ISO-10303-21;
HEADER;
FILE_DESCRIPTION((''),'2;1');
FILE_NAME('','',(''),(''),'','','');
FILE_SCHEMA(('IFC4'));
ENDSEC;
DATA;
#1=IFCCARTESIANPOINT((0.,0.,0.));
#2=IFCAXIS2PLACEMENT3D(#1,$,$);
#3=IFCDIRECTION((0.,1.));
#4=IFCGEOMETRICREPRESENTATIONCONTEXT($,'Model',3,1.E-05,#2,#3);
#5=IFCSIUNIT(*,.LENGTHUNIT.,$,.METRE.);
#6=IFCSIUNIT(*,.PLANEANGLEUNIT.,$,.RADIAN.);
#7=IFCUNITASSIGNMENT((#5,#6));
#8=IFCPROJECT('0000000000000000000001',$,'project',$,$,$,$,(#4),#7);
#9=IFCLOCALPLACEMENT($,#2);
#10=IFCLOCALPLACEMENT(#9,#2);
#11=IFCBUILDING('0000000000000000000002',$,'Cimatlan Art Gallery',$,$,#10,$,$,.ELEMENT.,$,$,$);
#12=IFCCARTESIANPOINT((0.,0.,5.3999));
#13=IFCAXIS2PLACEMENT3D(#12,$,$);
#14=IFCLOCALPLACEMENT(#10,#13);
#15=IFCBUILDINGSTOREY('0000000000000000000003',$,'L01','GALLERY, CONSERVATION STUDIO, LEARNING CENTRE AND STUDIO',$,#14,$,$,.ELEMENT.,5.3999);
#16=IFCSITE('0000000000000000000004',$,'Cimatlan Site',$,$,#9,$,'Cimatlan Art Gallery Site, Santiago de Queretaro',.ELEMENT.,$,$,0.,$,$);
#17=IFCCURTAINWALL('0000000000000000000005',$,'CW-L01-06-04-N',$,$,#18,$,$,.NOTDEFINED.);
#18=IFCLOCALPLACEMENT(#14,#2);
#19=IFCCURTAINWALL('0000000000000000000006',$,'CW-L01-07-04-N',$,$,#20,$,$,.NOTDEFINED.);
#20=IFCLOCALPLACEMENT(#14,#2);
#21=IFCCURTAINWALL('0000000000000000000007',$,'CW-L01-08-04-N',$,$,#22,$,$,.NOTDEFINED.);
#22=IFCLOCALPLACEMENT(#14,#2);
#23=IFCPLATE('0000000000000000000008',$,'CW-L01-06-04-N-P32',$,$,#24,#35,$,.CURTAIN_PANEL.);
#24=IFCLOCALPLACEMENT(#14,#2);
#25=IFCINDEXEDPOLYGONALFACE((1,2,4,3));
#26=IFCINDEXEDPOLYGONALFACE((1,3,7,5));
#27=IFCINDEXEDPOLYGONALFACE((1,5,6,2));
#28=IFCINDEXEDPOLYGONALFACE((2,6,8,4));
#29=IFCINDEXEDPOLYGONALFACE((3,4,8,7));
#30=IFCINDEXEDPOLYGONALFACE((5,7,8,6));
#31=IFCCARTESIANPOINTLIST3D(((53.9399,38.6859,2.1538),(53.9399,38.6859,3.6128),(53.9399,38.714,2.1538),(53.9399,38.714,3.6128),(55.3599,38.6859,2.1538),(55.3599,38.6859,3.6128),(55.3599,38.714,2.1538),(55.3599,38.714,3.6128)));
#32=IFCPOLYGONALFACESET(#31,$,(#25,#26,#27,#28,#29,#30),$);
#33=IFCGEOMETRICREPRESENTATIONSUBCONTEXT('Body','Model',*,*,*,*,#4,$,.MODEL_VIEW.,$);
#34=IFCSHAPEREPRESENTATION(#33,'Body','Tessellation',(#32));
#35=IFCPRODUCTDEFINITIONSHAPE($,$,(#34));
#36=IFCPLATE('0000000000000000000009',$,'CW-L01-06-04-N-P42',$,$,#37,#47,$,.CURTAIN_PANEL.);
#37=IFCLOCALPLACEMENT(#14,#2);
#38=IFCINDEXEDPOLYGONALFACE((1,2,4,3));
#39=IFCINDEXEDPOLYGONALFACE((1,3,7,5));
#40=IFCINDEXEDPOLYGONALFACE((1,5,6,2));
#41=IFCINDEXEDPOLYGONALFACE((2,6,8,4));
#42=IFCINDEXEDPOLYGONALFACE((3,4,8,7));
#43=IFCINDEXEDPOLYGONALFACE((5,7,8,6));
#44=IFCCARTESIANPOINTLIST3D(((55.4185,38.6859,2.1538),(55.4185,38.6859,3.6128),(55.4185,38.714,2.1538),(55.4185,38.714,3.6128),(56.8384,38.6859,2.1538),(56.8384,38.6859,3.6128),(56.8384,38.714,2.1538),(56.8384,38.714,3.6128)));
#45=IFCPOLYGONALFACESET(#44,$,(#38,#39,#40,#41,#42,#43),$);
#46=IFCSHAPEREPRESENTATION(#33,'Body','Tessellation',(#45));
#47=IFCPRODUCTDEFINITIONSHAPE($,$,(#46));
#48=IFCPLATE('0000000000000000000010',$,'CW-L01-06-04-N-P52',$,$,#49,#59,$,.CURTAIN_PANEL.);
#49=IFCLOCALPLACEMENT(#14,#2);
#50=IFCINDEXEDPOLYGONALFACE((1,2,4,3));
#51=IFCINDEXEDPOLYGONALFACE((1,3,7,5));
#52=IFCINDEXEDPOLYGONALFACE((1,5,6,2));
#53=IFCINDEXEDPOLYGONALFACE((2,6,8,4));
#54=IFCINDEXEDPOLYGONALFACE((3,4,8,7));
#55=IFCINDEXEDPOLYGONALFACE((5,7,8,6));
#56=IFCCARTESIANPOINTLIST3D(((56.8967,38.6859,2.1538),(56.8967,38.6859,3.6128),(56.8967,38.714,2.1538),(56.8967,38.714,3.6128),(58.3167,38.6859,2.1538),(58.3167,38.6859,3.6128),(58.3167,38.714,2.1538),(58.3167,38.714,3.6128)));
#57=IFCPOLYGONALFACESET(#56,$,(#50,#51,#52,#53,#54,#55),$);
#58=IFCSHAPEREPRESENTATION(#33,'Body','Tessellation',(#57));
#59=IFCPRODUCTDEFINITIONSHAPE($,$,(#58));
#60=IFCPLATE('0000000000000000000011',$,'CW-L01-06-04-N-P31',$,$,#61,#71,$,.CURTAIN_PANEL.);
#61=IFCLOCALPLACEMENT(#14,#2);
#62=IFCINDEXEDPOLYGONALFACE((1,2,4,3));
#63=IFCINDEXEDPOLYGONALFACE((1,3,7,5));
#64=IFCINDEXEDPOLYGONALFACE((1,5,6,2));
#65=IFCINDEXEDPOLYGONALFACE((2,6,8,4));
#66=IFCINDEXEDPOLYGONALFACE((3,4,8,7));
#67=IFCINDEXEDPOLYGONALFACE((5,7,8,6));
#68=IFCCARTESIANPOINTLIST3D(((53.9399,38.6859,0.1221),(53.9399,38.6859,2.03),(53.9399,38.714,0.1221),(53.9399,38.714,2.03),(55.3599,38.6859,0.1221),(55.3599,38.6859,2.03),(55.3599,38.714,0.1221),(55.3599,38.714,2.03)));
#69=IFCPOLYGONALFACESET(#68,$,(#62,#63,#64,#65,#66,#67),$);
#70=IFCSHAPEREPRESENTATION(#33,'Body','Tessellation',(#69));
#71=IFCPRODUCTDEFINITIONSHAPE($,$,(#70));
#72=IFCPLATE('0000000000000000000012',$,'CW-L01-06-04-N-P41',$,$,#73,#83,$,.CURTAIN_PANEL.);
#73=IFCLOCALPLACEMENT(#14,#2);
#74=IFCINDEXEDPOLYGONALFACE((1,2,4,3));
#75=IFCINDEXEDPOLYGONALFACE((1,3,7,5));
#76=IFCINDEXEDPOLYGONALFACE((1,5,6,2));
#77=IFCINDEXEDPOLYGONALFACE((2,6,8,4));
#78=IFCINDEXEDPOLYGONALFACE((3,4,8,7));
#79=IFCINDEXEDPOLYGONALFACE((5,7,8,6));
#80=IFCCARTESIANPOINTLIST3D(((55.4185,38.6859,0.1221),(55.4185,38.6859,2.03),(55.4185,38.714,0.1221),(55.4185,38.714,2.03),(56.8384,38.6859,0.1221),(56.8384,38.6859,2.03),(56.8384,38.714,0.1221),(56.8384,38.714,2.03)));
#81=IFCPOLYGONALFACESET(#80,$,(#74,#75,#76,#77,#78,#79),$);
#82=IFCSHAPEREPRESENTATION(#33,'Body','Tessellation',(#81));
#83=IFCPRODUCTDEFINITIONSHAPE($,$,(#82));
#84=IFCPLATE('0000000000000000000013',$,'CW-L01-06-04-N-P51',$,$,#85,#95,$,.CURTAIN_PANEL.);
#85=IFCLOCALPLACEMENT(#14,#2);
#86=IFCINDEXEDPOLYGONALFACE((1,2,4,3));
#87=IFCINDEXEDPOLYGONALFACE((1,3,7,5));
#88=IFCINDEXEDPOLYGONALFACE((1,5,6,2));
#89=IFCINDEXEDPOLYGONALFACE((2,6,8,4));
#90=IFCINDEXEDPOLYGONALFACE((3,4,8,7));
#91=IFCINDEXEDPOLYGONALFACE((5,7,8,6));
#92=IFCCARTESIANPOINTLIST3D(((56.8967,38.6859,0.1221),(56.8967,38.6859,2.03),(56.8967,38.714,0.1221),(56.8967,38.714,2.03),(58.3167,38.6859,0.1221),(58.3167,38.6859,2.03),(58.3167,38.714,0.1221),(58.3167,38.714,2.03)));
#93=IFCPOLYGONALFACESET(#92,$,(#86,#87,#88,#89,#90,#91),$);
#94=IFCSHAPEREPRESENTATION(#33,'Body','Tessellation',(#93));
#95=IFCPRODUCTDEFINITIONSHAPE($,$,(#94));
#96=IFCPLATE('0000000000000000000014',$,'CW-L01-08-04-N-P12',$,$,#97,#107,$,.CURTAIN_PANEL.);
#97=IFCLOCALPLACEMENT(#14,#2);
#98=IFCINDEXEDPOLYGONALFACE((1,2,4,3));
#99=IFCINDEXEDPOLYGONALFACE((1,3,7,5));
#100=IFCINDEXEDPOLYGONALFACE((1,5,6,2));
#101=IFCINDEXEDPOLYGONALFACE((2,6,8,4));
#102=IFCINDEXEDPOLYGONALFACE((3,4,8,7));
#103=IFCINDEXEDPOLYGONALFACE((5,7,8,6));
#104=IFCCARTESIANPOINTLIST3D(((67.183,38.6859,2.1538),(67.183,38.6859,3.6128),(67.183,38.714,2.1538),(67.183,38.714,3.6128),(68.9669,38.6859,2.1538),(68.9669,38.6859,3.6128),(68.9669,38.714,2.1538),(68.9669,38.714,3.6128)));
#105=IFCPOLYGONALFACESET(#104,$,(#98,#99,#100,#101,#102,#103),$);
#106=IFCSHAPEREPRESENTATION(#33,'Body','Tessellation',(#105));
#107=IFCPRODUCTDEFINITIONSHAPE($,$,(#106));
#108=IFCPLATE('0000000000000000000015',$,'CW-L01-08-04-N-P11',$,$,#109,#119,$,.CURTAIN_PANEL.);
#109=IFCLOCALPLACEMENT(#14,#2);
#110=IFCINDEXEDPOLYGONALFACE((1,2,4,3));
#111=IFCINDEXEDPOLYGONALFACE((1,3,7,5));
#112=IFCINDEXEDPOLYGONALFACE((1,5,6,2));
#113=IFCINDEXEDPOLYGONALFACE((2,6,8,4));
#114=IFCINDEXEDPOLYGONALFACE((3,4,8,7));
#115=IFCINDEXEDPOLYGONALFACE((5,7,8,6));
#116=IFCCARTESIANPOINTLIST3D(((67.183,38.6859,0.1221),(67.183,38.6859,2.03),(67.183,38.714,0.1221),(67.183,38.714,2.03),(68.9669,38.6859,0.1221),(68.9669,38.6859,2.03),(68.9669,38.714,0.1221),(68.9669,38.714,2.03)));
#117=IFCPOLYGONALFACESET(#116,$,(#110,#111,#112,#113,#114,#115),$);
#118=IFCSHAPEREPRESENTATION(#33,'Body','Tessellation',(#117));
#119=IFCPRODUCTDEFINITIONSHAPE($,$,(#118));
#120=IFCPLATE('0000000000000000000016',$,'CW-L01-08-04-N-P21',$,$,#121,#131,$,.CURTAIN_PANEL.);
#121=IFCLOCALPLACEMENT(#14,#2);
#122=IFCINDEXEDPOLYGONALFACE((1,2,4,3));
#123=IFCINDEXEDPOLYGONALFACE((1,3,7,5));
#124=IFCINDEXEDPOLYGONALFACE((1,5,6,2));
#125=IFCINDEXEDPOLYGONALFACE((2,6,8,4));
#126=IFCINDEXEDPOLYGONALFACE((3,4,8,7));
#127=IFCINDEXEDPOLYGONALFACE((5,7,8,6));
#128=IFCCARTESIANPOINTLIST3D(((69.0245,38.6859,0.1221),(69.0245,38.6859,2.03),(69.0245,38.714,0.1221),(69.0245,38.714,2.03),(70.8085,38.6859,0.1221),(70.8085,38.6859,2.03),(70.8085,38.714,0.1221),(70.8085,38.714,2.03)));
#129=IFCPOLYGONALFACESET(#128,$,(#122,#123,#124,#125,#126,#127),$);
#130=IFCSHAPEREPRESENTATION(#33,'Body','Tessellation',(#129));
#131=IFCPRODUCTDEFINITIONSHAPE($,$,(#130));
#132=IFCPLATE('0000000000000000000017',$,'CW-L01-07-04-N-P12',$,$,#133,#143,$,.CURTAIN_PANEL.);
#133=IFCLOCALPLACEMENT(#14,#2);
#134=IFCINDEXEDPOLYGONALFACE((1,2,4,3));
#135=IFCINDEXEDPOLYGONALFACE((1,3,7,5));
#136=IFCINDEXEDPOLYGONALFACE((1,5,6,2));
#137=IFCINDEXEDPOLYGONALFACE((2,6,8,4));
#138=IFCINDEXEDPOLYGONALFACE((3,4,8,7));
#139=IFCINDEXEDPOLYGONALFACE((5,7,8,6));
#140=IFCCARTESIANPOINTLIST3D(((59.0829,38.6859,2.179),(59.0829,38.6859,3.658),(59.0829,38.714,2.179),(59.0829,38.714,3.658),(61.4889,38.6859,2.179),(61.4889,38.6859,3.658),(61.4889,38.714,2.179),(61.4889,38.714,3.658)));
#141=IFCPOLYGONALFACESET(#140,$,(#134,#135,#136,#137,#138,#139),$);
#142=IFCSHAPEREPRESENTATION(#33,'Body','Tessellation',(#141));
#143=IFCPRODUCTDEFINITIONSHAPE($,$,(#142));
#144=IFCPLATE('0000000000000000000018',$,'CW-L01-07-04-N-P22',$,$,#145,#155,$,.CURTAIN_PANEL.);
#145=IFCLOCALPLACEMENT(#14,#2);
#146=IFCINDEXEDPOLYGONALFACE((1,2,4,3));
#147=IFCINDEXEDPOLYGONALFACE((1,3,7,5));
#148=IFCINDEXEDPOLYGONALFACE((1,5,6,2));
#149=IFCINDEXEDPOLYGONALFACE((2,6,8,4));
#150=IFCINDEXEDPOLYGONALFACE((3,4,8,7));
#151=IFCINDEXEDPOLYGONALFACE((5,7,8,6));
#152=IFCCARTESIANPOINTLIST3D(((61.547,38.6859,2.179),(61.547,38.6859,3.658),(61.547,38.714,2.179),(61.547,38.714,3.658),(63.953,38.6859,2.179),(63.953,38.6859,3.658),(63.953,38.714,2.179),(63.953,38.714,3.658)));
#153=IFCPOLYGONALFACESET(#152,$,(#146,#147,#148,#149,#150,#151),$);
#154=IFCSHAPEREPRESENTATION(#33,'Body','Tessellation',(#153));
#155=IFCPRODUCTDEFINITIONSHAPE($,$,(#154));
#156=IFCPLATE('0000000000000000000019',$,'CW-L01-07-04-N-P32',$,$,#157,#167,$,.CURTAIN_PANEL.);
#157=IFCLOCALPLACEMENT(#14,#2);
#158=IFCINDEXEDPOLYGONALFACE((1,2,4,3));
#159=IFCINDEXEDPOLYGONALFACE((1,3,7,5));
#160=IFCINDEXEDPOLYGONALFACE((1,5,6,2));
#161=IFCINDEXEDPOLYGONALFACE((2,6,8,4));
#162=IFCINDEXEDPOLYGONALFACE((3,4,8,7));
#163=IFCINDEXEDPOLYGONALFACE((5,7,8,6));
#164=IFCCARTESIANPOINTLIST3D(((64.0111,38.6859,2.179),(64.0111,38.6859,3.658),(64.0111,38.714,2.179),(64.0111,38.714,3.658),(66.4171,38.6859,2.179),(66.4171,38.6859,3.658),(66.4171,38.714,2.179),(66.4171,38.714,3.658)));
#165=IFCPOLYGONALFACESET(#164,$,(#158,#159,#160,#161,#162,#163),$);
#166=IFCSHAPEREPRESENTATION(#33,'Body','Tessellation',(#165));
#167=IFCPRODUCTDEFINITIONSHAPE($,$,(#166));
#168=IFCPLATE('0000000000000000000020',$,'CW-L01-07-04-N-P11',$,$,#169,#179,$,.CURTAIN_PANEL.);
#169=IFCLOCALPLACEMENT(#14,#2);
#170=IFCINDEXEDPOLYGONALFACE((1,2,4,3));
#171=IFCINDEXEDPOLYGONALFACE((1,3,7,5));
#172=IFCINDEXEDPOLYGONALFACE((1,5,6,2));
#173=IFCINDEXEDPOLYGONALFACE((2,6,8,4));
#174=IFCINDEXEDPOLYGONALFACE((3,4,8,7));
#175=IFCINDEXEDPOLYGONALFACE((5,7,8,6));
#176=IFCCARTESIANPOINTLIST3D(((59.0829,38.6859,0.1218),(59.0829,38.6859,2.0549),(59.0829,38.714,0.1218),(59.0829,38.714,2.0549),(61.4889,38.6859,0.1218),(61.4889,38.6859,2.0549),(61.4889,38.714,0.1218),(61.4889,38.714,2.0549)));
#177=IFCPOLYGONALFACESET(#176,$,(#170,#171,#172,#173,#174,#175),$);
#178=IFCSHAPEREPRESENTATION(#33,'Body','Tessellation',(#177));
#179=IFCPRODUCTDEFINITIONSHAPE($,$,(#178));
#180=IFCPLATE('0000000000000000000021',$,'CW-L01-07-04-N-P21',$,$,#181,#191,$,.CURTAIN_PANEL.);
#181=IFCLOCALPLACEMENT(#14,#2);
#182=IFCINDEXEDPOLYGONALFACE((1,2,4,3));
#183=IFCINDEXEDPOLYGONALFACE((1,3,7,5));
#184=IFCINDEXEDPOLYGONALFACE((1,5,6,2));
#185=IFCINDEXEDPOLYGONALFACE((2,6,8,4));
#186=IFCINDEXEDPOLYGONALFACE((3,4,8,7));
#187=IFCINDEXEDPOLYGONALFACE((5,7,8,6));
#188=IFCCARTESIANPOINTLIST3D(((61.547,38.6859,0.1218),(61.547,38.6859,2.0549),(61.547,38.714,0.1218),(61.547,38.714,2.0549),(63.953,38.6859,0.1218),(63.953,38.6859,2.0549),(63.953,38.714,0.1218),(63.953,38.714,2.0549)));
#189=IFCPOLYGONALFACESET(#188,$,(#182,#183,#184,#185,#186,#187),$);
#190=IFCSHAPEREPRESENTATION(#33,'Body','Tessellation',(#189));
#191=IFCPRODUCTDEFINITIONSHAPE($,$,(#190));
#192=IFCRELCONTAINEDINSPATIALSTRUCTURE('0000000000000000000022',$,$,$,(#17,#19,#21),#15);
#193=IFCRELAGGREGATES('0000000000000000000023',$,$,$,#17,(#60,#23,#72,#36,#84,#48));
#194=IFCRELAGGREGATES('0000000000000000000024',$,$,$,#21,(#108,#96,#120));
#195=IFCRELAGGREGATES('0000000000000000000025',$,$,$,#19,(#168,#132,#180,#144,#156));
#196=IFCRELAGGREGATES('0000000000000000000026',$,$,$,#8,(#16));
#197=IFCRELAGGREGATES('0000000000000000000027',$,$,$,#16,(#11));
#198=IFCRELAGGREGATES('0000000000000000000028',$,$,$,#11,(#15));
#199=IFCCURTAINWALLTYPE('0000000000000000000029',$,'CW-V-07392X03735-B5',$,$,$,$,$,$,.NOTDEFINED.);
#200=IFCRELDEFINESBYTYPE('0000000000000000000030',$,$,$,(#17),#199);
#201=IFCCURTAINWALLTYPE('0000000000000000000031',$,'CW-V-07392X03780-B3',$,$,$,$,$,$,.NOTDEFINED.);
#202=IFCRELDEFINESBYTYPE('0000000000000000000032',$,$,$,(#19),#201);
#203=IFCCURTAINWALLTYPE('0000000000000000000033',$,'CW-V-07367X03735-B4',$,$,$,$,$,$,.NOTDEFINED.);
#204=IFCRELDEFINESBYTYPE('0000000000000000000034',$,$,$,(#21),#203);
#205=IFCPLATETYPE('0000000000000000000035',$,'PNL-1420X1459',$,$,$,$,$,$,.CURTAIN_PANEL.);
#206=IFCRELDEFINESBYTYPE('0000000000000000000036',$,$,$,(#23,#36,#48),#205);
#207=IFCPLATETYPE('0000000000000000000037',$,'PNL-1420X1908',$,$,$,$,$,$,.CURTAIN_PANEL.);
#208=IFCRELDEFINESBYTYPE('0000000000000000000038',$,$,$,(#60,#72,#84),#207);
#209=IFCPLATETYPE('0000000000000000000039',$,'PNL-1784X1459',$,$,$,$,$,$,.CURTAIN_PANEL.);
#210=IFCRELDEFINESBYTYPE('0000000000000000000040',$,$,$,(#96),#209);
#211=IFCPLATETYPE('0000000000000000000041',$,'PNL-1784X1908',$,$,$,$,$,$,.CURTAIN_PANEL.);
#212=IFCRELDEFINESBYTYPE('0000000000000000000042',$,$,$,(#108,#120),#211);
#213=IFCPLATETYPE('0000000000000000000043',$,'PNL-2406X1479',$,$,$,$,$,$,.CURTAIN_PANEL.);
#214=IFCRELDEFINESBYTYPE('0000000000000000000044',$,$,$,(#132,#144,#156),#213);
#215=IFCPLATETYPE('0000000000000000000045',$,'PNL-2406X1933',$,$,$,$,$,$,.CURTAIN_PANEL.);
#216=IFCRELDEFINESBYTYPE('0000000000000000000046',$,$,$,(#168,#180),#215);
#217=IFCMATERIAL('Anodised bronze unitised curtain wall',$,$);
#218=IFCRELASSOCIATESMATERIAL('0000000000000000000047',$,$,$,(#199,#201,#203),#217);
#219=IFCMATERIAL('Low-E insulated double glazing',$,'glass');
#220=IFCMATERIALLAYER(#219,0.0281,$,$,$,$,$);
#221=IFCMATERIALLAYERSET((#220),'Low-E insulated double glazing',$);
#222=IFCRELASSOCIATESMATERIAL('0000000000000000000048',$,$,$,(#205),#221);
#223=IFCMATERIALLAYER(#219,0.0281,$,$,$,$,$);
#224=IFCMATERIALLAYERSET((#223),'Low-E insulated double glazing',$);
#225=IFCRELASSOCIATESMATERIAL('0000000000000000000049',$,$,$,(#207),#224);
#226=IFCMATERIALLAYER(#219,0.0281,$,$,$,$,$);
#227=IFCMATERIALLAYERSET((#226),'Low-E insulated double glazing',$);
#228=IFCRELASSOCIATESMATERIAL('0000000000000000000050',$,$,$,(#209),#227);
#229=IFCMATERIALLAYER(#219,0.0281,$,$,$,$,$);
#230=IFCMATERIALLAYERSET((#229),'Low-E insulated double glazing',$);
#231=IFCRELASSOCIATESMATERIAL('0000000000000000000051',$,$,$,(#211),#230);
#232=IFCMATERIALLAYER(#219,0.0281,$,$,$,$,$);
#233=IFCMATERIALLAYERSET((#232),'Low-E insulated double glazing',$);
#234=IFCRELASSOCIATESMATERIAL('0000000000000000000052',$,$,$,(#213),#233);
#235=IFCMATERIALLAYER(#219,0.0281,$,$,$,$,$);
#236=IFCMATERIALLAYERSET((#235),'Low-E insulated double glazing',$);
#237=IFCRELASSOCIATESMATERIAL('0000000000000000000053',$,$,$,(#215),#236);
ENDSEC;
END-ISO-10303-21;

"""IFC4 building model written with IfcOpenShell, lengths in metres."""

from ifc_helpers import new_model, si_unit, direction, frame, origin, origin_2d, place, context, subcontext, project, spatial, rectangle, extrude, material, layer, layer_set, type_object, element, aggregate, save


model = new_model("IFC4")

# Units and contexts
model_context = context("Model", 3, precision=1e-05, world=origin(), true_north=direction((0.0, 1.0)))
body_context = subcontext(model_context, "Body", "Model", "MODEL_VIEW")
ifc_project = project(units=[si_unit("LENGTHUNIT", "METRE"), si_unit("PLANEANGLEUNIT", "RADIAN")], contexts=[model_context])

# Site, building, storey
site_placement = place(None, origin())
site = spatial("IfcSite", under=ifc_project, at=site_placement, Name="Cimatlan Site", LongName="Cimatlan Art Gallery Site, Santiago de Queretaro", CompositionType="ELEMENT", RefElevation=0.0)
building_placement = place(site_placement, origin())
building = spatial("IfcBuilding", under=site, at=building_placement, Name="Cimatlan Art Gallery", CompositionType="ELEMENT")
storey_placement = place(building_placement, frame((0.0, 0.0, 5.3999)))
storey = spatial("IfcBuildingStorey", under=building, at=storey_placement, Name="L01", Description="GALLERY, CONSERVATION STUDIO, LEARNING CENTRE AND STUDIO", CompositionType="ELEMENT", Elevation=5.3999)

# Curtain walls
ifc_material_1 = material(Name="Anodised bronze unitised curtain wall")
curtain_wall_type_1 = type_object("IfcCurtainWallType", Name="CW-V-07392X03735-B5", PredefinedType="NOTDEFINED", material=ifc_material_1)
curtain_wall_1_placement = place(storey_placement, origin())
curtain_wall_1 = element("IfcCurtainWall", 1, at=curtain_wall_1_placement, inside=storey, type_object=curtain_wall_type_1, Name="CW-L01-06-04-N", PredefinedType="NOTDEFINED")
curtain_wall_type_2 = type_object("IfcCurtainWallType", Name="CW-V-07392X03780-B3", PredefinedType="NOTDEFINED", material=ifc_material_1)
curtain_wall_2_placement = place(storey_placement, origin())
curtain_wall_2 = element("IfcCurtainWall", 2, at=curtain_wall_2_placement, inside=storey, type_object=curtain_wall_type_2, Name="CW-L01-07-04-N", PredefinedType="NOTDEFINED")
curtain_wall_type_3 = type_object("IfcCurtainWallType", Name="CW-V-07367X03735-B4", PredefinedType="NOTDEFINED", material=ifc_material_1)
curtain_wall_3_placement = place(storey_placement, origin())
curtain_wall_3 = element("IfcCurtainWall", 3, at=curtain_wall_3_placement, inside=storey, type_object=curtain_wall_type_3, Name="CW-L01-08-04-N", PredefinedType="NOTDEFINED")

# Plates
ifc_material_2 = material(Name="Low-E insulated double glazing", Category="glass")
ifc_layer_1 = layer(ifc_material_2, 0.0281)
ifc_layer_set_1 = layer_set([ifc_layer_1], Name="Low-E insulated double glazing")
plate_type_1 = type_object("IfcPlateType", Name="PNL-1420X1459", PredefinedType="CURTAIN_PANEL", material=ifc_layer_set_1)
plate_1_placement = place(storey_placement, frame((54.6499, 38.7, 2.1538), z_axis=(0.0, 0.0, 1.0), x_axis=(1.0, 0.0, 0.0)))
plate_1 = element("IfcPlate", 4, at=plate_1_placement, type_object=plate_type_1, Name="CW-L01-06-04-N-P32", PredefinedType="CURTAIN_PANEL", context=body_context, shape_type="SweptSolid", body=[
    extrude(rectangle(XDim=1.4199, YDim=0.0281, at=origin_2d()), origin(), (0.0, 0.0, 1.0), 1.459),
])
plate_2_placement = place(storey_placement, frame((56.1284, 38.7, 2.1538), z_axis=(0.0, 0.0, 1.0), x_axis=(1.0, 0.0, 0.0)))
plate_2 = element("IfcPlate", 5, at=plate_2_placement, type_object=plate_type_1, Name="CW-L01-06-04-N-P42", PredefinedType="CURTAIN_PANEL", context=body_context, shape_type="SweptSolid", body=[
    extrude(rectangle(XDim=1.4199, YDim=0.0281, at=origin_2d()), origin(), (0.0, 0.0, 1.0), 1.459),
])
plate_3_placement = place(storey_placement, frame((57.6067, 38.7, 2.1538), z_axis=(0.0, 0.0, 1.0), x_axis=(1.0, 0.0, 0.0)))
plate_3 = element("IfcPlate", 6, at=plate_3_placement, type_object=plate_type_1, Name="CW-L01-06-04-N-P52", PredefinedType="CURTAIN_PANEL", context=body_context, shape_type="SweptSolid", body=[
    extrude(rectangle(XDim=1.4199, YDim=0.0281, at=origin_2d()), origin(), (0.0, 0.0, 1.0), 1.459),
])
ifc_layer_2 = layer(ifc_material_2, 0.0281)
ifc_layer_set_2 = layer_set([ifc_layer_2], Name="Low-E insulated double glazing")
plate_type_2 = type_object("IfcPlateType", Name="PNL-1420X1908", PredefinedType="CURTAIN_PANEL", material=ifc_layer_set_2)
plate_4_placement = place(storey_placement, frame((54.6499, 38.7, 0.1221), z_axis=(0.0, 0.0, 1.0), x_axis=(1.0, 0.0, 0.0)))
plate_4 = element("IfcPlate", 7, at=plate_4_placement, type_object=plate_type_2, Name="CW-L01-06-04-N-P31", PredefinedType="CURTAIN_PANEL", context=body_context, shape_type="SweptSolid", body=[
    extrude(rectangle(XDim=1.4199, YDim=0.0281, at=origin_2d()), origin(), (0.0, 0.0, 1.0), 1.908),
])
plate_5_placement = place(storey_placement, frame((56.1284, 38.7, 0.1221), z_axis=(0.0, 0.0, 1.0), x_axis=(1.0, 0.0, 0.0)))
plate_5 = element("IfcPlate", 8, at=plate_5_placement, type_object=plate_type_2, Name="CW-L01-06-04-N-P41", PredefinedType="CURTAIN_PANEL", context=body_context, shape_type="SweptSolid", body=[
    extrude(rectangle(XDim=1.4199, YDim=0.0281, at=origin_2d()), origin(), (0.0, 0.0, 1.0), 1.908),
])
plate_6_placement = place(storey_placement, frame((57.6067, 38.7, 0.1221), z_axis=(0.0, 0.0, 1.0), x_axis=(1.0, 0.0, 0.0)))
plate_6 = element("IfcPlate", 9, at=plate_6_placement, type_object=plate_type_2, Name="CW-L01-06-04-N-P51", PredefinedType="CURTAIN_PANEL", context=body_context, shape_type="SweptSolid", body=[
    extrude(rectangle(XDim=1.4199, YDim=0.0281, at=origin_2d()), origin(), (0.0, 0.0, 1.0), 1.908),
])
aggregate(curtain_wall_1, [plate_4, plate_1, plate_5, plate_2, plate_6, plate_3])
ifc_layer_3 = layer(ifc_material_2, 0.0281)
ifc_layer_set_3 = layer_set([ifc_layer_3], Name="Low-E insulated double glazing")
plate_type_3 = type_object("IfcPlateType", Name="PNL-1784X1459", PredefinedType="CURTAIN_PANEL", material=ifc_layer_set_3)
plate_7_placement = place(storey_placement, frame((68.075, 38.7, 2.1538), z_axis=(0.0, 0.0, 1.0), x_axis=(1.0, 0.0, 0.0)))
plate_7 = element("IfcPlate", 10, at=plate_7_placement, type_object=plate_type_3, Name="CW-L01-08-04-N-P12", PredefinedType="CURTAIN_PANEL", context=body_context, shape_type="SweptSolid", body=[
    extrude(rectangle(XDim=1.7839, YDim=0.0281, at=origin_2d()), origin(), (0.0, 0.0, 1.0), 1.459),
])
ifc_layer_4 = layer(ifc_material_2, 0.0281)
ifc_layer_set_4 = layer_set([ifc_layer_4], Name="Low-E insulated double glazing")
plate_type_4 = type_object("IfcPlateType", Name="PNL-1784X1908", PredefinedType="CURTAIN_PANEL", material=ifc_layer_set_4)
plate_8_placement = place(storey_placement, frame((68.075, 38.7, 0.1221), z_axis=(0.0, 0.0, 1.0), x_axis=(1.0, 0.0, 0.0)))
plate_8 = element("IfcPlate", 11, at=plate_8_placement, type_object=plate_type_4, Name="CW-L01-08-04-N-P11", PredefinedType="CURTAIN_PANEL", context=body_context, shape_type="SweptSolid", body=[
    extrude(rectangle(XDim=1.7839, YDim=0.0281, at=origin_2d()), origin(), (0.0, 0.0, 1.0), 1.908),
])
plate_9_placement = place(storey_placement, frame((69.9165, 38.7, 0.1221), z_axis=(0.0, 0.0, 1.0), x_axis=(1.0, 0.0, 0.0)))
plate_9 = element("IfcPlate", 12, at=plate_9_placement, type_object=plate_type_4, Name="CW-L01-08-04-N-P21", PredefinedType="CURTAIN_PANEL", context=body_context, shape_type="SweptSolid", body=[
    extrude(rectangle(XDim=1.7839, YDim=0.0281, at=origin_2d()), origin(), (0.0, 0.0, 1.0), 1.908),
])
aggregate(curtain_wall_3, [plate_8, plate_7, plate_9])
ifc_layer_5 = layer(ifc_material_2, 0.0281)
ifc_layer_set_5 = layer_set([ifc_layer_5], Name="Low-E insulated double glazing")
plate_type_5 = type_object("IfcPlateType", Name="PNL-2406X1479", PredefinedType="CURTAIN_PANEL", material=ifc_layer_set_5)
plate_10_placement = place(storey_placement, frame((60.2859, 38.7, 2.179), z_axis=(0.0, 0.0, 1.0), x_axis=(1.0, 0.0, 0.0)))
plate_10 = element("IfcPlate", 13, at=plate_10_placement, type_object=plate_type_5, Name="CW-L01-07-04-N-P12", PredefinedType="CURTAIN_PANEL", context=body_context, shape_type="SweptSolid", body=[
    extrude(rectangle(XDim=2.406, YDim=0.0281, at=origin_2d()), origin(), (0.0, 0.0, 1.0), 1.479),
])
plate_11_placement = place(storey_placement, frame((62.75, 38.7, 2.179), z_axis=(0.0, 0.0, 1.0), x_axis=(1.0, 0.0, 0.0)))
plate_11 = element("IfcPlate", 14, at=plate_11_placement, type_object=plate_type_5, Name="CW-L01-07-04-N-P22", PredefinedType="CURTAIN_PANEL", context=body_context, shape_type="SweptSolid", body=[
    extrude(rectangle(XDim=2.406, YDim=0.0281, at=origin_2d()), origin(), (0.0, 0.0, 1.0), 1.479),
])
plate_12_placement = place(storey_placement, frame((65.2141, 38.7, 2.179), z_axis=(0.0, 0.0, 1.0), x_axis=(1.0, 0.0, 0.0)))
plate_12 = element("IfcPlate", 15, at=plate_12_placement, type_object=plate_type_5, Name="CW-L01-07-04-N-P32", PredefinedType="CURTAIN_PANEL", context=body_context, shape_type="SweptSolid", body=[
    extrude(rectangle(XDim=2.406, YDim=0.0281, at=origin_2d()), origin(), (0.0, 0.0, 1.0), 1.479),
])
ifc_layer_6 = layer(ifc_material_2, 0.0281)
ifc_layer_set_6 = layer_set([ifc_layer_6], Name="Low-E insulated double glazing")
plate_type_6 = type_object("IfcPlateType", Name="PNL-2406X1933", PredefinedType="CURTAIN_PANEL", material=ifc_layer_set_6)
plate_13_placement = place(storey_placement, frame((60.2859, 38.7, 0.1218), z_axis=(0.0, 0.0, 1.0), x_axis=(1.0, 0.0, 0.0)))
plate_13 = element("IfcPlate", 16, at=plate_13_placement, type_object=plate_type_6, Name="CW-L01-07-04-N-P11", PredefinedType="CURTAIN_PANEL", context=body_context, shape_type="SweptSolid", body=[
    extrude(rectangle(XDim=2.406, YDim=0.0281, at=origin_2d()), origin(), (0.0, 0.0, 1.0), 1.9331),
])
plate_14_placement = place(storey_placement, frame((62.75, 38.7, 0.1218), z_axis=(0.0, 0.0, 1.0), x_axis=(1.0, 0.0, 0.0)))
plate_14 = element("IfcPlate", 17, at=plate_14_placement, type_object=plate_type_6, Name="CW-L01-07-04-N-P21", PredefinedType="CURTAIN_PANEL", context=body_context, shape_type="SweptSolid", body=[
    extrude(rectangle(XDim=2.406, YDim=0.0281, at=origin_2d()), origin(), (0.0, 0.0, 1.0), 1.9331),
])
aggregate(curtain_wall_2, [plate_13, plate_10, plate_14, plate_11, plate_12])

save(model, "model.ifc")
